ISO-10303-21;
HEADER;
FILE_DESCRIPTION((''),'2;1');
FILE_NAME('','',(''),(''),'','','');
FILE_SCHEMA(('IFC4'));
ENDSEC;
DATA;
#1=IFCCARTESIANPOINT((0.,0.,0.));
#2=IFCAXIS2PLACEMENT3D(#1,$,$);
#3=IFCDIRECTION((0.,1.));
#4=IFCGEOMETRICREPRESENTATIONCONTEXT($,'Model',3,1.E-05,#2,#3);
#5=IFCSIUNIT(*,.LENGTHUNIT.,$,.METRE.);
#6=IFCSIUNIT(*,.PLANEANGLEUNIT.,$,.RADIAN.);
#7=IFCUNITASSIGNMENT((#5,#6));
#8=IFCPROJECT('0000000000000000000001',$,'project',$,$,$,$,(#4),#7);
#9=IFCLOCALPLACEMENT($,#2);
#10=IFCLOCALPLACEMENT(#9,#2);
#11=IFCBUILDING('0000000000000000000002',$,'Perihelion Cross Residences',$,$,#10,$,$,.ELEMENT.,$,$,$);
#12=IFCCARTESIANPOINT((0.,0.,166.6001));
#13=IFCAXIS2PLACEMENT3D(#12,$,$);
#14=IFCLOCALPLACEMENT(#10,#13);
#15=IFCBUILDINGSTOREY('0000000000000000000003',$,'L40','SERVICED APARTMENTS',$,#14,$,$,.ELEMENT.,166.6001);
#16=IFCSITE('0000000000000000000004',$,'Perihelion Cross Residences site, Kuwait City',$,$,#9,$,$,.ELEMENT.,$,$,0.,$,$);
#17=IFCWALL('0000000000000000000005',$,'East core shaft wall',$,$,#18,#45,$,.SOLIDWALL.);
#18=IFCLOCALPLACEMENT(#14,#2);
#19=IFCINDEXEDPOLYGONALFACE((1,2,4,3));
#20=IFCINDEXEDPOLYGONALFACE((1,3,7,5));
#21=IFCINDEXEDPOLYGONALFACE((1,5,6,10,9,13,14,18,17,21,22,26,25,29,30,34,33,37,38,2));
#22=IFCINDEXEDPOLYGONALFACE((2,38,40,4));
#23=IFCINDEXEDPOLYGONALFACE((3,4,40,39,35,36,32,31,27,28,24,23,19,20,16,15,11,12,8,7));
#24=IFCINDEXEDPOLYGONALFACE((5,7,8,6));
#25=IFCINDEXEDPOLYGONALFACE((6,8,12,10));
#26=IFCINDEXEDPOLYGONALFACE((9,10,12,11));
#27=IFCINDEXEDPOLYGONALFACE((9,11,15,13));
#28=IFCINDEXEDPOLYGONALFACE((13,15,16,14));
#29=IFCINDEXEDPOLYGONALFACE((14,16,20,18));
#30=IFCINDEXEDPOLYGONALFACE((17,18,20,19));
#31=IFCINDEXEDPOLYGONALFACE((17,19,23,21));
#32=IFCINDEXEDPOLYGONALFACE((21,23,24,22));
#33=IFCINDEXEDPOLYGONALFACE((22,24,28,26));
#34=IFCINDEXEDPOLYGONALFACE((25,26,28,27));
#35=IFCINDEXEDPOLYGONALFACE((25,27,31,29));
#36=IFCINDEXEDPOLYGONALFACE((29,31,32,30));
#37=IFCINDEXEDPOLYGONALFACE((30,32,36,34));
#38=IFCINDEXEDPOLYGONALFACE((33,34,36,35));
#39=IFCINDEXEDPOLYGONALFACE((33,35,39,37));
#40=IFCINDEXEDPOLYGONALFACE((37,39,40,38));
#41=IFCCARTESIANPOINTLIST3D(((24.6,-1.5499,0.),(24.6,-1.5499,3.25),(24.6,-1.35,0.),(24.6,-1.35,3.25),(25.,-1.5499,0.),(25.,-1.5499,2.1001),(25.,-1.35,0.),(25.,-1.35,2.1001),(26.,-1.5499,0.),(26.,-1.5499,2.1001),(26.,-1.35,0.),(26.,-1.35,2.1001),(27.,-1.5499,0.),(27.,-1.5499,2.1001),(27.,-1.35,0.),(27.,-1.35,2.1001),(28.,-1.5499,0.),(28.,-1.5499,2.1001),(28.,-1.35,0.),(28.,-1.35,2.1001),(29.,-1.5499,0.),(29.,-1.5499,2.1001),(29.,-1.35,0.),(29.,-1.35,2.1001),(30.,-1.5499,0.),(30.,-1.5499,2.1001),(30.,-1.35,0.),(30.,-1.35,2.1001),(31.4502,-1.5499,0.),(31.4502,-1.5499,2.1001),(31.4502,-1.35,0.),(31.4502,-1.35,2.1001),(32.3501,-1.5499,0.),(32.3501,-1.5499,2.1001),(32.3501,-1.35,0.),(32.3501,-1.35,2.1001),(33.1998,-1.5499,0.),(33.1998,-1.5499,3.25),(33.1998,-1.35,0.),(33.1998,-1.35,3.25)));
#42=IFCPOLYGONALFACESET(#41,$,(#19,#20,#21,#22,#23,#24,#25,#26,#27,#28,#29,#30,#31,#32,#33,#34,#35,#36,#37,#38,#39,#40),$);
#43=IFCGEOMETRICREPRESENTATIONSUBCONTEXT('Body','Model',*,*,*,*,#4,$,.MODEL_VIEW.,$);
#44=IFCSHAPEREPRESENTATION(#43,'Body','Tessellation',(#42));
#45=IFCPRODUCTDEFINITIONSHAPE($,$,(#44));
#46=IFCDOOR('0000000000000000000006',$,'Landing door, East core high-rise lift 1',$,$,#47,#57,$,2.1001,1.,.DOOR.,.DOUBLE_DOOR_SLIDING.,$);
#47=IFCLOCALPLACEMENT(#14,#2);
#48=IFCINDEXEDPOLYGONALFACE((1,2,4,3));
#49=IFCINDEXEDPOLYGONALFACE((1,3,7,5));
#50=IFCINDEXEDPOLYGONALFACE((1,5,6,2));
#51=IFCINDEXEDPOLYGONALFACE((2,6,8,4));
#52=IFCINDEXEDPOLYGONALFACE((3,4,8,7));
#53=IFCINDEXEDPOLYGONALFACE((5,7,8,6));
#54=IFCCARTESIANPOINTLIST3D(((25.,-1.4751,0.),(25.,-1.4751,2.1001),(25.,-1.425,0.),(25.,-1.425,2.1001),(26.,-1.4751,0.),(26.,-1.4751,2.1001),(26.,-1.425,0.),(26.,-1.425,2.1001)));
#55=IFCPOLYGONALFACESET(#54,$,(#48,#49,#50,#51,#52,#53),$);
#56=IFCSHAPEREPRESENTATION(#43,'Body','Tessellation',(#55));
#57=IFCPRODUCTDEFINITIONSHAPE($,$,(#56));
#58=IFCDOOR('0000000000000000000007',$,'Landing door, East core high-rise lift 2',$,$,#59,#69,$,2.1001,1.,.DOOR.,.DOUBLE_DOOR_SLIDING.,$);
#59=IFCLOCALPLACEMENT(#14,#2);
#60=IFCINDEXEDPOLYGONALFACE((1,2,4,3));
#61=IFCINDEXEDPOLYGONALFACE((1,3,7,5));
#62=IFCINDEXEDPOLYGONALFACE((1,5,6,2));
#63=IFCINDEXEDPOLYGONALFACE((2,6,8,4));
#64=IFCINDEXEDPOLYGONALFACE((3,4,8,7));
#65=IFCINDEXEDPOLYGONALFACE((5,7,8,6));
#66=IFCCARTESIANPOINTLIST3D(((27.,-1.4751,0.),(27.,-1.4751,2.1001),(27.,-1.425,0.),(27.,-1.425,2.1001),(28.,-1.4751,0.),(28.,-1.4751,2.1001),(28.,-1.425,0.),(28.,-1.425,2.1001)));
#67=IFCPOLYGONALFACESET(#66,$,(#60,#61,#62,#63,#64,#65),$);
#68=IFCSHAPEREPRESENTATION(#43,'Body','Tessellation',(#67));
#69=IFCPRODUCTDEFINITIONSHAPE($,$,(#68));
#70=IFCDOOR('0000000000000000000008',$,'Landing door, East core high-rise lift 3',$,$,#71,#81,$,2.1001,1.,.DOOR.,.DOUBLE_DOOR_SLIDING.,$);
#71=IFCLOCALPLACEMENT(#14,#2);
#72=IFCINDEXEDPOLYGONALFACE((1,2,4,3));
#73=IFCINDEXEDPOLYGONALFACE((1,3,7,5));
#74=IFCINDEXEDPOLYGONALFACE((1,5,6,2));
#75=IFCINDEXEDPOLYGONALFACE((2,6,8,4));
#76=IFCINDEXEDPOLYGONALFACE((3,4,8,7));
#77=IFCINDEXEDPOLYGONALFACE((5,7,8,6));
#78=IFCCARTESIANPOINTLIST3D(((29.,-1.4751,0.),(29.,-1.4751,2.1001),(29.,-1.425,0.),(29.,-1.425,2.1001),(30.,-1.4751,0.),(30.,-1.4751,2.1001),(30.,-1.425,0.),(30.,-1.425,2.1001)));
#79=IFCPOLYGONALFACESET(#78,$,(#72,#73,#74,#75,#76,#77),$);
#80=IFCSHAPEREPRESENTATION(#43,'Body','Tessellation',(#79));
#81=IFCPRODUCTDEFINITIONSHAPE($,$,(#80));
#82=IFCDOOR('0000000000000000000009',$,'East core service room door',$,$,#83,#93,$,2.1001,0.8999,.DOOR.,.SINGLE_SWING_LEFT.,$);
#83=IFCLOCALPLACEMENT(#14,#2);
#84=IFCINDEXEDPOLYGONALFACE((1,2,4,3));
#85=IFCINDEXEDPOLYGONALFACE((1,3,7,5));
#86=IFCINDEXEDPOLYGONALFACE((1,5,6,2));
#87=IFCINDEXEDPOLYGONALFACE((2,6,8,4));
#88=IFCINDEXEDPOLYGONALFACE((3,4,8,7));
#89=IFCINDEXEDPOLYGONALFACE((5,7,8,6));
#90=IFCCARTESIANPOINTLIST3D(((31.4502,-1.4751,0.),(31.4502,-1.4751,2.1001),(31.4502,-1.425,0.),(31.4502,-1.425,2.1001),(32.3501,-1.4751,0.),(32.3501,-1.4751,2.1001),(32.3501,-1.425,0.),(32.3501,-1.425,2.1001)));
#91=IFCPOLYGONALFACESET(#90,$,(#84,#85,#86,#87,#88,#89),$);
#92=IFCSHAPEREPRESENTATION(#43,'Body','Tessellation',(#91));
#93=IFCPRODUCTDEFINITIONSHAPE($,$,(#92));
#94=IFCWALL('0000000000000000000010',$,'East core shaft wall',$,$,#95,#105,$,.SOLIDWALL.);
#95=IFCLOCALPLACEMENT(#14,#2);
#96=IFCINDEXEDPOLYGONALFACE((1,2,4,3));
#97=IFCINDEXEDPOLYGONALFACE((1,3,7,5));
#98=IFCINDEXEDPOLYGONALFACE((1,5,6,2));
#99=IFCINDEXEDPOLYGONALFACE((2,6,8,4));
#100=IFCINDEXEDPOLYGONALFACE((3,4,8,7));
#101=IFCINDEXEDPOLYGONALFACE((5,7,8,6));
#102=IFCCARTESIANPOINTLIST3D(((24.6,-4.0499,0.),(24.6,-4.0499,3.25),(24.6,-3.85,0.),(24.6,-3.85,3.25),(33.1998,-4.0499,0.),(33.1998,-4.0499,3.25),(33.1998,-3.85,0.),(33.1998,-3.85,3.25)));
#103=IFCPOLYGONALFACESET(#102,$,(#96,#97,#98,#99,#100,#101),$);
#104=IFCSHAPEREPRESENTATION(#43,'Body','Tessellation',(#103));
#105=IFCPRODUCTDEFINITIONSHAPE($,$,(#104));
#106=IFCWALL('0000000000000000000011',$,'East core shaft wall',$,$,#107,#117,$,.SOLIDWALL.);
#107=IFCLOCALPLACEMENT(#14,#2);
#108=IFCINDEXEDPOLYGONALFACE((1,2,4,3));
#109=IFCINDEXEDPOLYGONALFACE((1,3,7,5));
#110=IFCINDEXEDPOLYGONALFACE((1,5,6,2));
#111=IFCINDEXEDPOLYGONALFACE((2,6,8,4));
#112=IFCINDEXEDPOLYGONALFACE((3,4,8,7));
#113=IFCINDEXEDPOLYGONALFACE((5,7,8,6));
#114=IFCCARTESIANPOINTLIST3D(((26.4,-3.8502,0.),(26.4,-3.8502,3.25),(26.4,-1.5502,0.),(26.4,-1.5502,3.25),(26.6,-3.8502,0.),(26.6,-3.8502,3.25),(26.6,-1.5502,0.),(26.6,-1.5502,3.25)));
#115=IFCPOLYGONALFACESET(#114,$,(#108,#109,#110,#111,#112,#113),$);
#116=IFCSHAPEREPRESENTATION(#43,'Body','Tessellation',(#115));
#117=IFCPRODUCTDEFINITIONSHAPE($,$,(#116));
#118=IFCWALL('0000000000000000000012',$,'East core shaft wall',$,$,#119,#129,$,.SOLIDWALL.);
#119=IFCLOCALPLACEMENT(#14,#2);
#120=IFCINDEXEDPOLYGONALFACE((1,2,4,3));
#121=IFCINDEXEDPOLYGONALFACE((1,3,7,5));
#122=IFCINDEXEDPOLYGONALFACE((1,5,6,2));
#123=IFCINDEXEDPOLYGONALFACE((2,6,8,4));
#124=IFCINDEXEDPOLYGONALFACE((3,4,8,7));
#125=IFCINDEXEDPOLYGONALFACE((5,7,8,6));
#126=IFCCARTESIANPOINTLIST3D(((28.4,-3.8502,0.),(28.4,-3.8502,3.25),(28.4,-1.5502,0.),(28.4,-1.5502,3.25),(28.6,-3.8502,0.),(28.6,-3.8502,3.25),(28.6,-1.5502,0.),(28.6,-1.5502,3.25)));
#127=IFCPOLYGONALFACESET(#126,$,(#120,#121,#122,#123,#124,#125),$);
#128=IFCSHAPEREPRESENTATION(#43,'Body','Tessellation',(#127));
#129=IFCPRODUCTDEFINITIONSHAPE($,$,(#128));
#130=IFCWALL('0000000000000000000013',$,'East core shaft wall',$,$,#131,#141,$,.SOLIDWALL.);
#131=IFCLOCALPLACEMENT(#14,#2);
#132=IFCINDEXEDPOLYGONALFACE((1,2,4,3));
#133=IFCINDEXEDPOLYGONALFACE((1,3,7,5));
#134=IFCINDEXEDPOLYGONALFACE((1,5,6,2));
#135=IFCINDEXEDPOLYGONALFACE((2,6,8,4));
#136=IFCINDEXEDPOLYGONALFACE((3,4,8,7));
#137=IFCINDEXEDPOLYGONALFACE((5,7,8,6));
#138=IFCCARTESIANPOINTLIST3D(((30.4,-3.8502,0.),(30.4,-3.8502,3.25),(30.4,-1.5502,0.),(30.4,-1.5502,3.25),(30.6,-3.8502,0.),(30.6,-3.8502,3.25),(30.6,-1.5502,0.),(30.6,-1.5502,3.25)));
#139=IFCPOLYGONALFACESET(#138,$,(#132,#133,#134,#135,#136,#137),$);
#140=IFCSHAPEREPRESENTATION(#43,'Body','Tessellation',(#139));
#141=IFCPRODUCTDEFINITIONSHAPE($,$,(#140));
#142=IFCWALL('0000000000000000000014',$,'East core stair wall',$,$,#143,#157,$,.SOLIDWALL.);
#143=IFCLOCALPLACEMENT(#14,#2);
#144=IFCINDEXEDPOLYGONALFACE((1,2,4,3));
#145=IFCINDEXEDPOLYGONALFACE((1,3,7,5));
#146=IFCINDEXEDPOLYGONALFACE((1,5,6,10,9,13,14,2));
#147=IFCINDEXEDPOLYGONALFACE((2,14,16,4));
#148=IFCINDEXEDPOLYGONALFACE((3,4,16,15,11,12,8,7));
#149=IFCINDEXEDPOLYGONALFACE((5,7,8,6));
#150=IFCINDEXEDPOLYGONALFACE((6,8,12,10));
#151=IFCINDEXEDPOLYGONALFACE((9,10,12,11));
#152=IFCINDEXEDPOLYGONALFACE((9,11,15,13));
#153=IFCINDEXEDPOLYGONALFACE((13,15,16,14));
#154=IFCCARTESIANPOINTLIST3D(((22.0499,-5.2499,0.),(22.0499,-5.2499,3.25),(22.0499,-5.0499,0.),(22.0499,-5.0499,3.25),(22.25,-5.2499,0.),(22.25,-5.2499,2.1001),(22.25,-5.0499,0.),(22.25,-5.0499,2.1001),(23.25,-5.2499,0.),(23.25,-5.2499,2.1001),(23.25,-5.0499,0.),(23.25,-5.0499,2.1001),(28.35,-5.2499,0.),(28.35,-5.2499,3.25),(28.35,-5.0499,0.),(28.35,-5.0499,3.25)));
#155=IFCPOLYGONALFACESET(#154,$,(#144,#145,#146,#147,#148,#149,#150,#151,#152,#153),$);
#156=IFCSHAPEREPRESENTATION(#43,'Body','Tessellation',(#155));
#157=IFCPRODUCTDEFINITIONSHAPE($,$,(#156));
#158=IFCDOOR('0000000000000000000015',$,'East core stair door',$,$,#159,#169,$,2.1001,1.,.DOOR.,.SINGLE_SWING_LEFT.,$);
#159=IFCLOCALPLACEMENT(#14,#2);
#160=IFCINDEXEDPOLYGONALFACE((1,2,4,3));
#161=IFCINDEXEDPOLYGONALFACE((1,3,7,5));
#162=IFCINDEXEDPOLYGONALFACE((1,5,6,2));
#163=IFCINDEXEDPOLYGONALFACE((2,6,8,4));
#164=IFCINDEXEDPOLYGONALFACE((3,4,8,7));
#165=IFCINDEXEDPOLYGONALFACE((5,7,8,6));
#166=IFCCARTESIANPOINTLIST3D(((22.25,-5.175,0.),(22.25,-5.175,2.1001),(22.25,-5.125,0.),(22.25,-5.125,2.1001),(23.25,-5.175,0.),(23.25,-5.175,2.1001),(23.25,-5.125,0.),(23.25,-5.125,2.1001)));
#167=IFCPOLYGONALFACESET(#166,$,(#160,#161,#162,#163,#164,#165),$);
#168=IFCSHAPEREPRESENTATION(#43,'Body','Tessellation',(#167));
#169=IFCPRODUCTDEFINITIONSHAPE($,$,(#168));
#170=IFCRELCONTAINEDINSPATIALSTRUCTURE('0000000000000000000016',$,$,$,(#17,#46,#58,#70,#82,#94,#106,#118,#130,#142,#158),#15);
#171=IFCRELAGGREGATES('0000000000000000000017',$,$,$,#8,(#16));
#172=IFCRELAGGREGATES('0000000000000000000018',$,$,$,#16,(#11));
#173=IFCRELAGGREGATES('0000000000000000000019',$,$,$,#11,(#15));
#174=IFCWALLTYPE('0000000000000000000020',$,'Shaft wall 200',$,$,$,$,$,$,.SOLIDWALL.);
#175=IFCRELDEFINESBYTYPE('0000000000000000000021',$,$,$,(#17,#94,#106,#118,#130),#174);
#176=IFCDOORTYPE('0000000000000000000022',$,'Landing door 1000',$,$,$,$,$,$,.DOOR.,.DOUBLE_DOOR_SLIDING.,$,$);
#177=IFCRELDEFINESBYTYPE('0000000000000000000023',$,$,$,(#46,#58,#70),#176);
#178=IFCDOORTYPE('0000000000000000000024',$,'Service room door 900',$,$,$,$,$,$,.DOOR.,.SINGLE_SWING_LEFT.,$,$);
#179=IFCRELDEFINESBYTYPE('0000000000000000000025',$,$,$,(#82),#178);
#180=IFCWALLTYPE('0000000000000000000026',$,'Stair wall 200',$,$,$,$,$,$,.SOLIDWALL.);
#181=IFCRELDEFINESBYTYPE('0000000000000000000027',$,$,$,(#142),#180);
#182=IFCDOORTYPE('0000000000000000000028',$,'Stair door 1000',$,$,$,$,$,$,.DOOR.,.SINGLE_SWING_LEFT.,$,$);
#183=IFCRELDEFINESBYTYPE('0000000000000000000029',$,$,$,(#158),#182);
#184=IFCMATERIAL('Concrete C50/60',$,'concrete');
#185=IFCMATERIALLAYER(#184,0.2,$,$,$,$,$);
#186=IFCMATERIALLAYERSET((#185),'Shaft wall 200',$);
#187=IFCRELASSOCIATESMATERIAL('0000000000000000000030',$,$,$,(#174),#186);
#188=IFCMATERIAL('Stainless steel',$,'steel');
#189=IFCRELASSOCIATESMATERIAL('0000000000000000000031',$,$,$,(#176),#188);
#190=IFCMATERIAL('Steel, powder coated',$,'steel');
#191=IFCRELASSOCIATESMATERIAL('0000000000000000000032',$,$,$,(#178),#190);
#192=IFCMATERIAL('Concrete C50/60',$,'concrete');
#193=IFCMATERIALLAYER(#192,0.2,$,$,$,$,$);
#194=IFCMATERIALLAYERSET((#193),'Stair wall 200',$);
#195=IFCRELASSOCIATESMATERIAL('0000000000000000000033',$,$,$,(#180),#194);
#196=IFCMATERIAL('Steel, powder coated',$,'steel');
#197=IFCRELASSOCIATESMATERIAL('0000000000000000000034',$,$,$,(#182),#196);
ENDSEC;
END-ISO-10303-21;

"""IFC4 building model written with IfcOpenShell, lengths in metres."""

from ifc_helpers import new_model, si_unit, direction, frame, frame_2d, origin, place, context, subcontext, project, spatial, rectangle, extrude, material, layer, layer_set, type_object, element, fill, save


model = new_model("IFC4")

# Units and contexts
model_context = context("Model", 3, precision=1e-05, world=origin(), true_north=direction((0.0, 1.0)))
body_context = subcontext(model_context, "Body", "Model", "MODEL_VIEW")
ifc_project = project(units=[si_unit("LENGTHUNIT", "METRE"), si_unit("PLANEANGLEUNIT", "RADIAN")], contexts=[model_context])

# Site, building, storey
site_placement = place(None, origin())
site = spatial("IfcSite", under=ifc_project, at=site_placement, Name="Perihelion Cross Residences site, Kuwait City", CompositionType="ELEMENT", RefElevation=0.0)
building_placement = place(site_placement, origin())
building = spatial("IfcBuilding", under=site, at=building_placement, Name="Perihelion Cross Residences", CompositionType="ELEMENT")
storey_placement = place(building_placement, frame((0.0, 0.0, 166.6001)))
storey = spatial("IfcBuildingStorey", under=building, at=storey_placement, Name="L40", Description="SERVICED APARTMENTS", CompositionType="ELEMENT", Elevation=166.6001)

# Wall, openings, doors
ifc_material_1 = material(Name="Concrete C50/60", Category="concrete")
ifc_layer_1 = layer(ifc_material_1, 0.2)
ifc_layer_set_1 = layer_set([ifc_layer_1], Name="Shaft wall 200")
wall_type_1 = type_object("IfcWallType", Name="Shaft wall 200", PredefinedType="SOLIDWALL", material=ifc_layer_set_1)
wall_1_placement = place(storey_placement, frame((24.6001, -1.45, 0.0), z_axis=(0.0, 0.0, 1.0), x_axis=(1.0, 0.0, 0.0)))
wall_1 = element("IfcWall", 1, at=wall_1_placement, inside=storey, type_object=wall_type_1, Name="East core shaft wall", PredefinedType="SOLIDWALL", context=body_context, shape_type="SweptSolid", body=[
    extrude(rectangle(XDim=8.5999, YDim=0.2, at=frame_2d((4.2998, 0.0))), origin(), (0.0, 0.0, 1.0), 3.25),
])
opening_1_placement = place(wall_1_placement, frame((0.3999, 0.0, 0.0)))
opening_1 = element("IfcOpeningElement", 2, at=opening_1_placement, cuts=wall_1, PredefinedType="OPENING", context=body_context, shape_type="SweptSolid", body=[
    extrude(rectangle(XDim=1.0, YDim=2.1001, at=frame_2d((0.5, 1.05))), frame((0.0, 0.1099, 0.0), z_axis=(0.0, -1.0, 0.0), x_axis=(1.0, 0.0, 0.0)), (0.0, 0.0, 1.0), 0.22),
])
opening_2_placement = place(wall_1_placement, frame((2.3999, 0.0, 0.0)))
opening_2 = element("IfcOpeningElement", 3, at=opening_2_placement, cuts=wall_1, PredefinedType="OPENING", context=body_context, shape_type="SweptSolid", body=[
    extrude(rectangle(XDim=1.0, YDim=2.1001, at=frame_2d((0.5, 1.05))), frame((0.0, 0.1099, 0.0), z_axis=(0.0, -1.0, 0.0), x_axis=(1.0, 0.0, 0.0)), (0.0, 0.0, 1.0), 0.22),
])
opening_3_placement = place(wall_1_placement, frame((4.3999, 0.0, 0.0)))
opening_3 = element("IfcOpeningElement", 4, at=opening_3_placement, cuts=wall_1, PredefinedType="OPENING", context=body_context, shape_type="SweptSolid", body=[
    extrude(rectangle(XDim=1.0, YDim=2.1001, at=frame_2d((0.5, 1.05))), frame((0.0, 0.1099, 0.0), z_axis=(0.0, -1.0, 0.0), x_axis=(1.0, 0.0, 0.0)), (0.0, 0.0, 1.0), 0.22),
])
opening_4_placement = place(wall_1_placement, frame((6.8501, 0.0, 0.0)))
opening_4 = element("IfcOpeningElement", 5, at=opening_4_placement, cuts=wall_1, PredefinedType="OPENING", context=body_context, shape_type="SweptSolid", body=[
    extrude(rectangle(XDim=0.8999, YDim=2.1001, at=frame_2d((0.45, 1.05))), frame((0.0, 0.1099, 0.0), z_axis=(0.0, -1.0, 0.0), x_axis=(1.0, 0.0, 0.0)), (0.0, 0.0, 1.0), 0.22),
])
ifc_material_2 = material(Name="Stainless steel", Category="steel")
door_type_1 = type_object("IfcDoorType", Name="Landing door 1000", OperationType="DOUBLE_DOOR_SLIDING", PredefinedType="DOOR", material=ifc_material_2)
door_1_placement = place(opening_1_placement, origin())
door_1 = element("IfcDoor", 6, at=door_1_placement, inside=storey, type_object=door_type_1, Name="Landing door, East core high-rise lift 1", OperationType="DOUBLE_DOOR_SLIDING", OverallHeight=2.1001, OverallWidth=1.0, PredefinedType="DOOR", context=body_context, shape_type="SweptSolid", body=[
    extrude(rectangle(XDim=1.0, YDim=2.1001, at=frame_2d((0.5, 1.05))), frame((0.0, 0.0249, 0.0), z_axis=(0.0, -1.0, 0.0), x_axis=(1.0, 0.0, 0.0)), (0.0, 0.0, 1.0), 0.05),
])
fill(opening_1, door_1)
door_2_placement = place(opening_2_placement, origin())
door_2 = element("IfcDoor", 7, at=door_2_placement, inside=storey, type_object=door_type_1, Name="Landing door, East core high-rise lift 2", OperationType="DOUBLE_DOOR_SLIDING", OverallHeight=2.1001, OverallWidth=1.0, PredefinedType="DOOR", context=body_context, shape_type="SweptSolid", body=[
    extrude(rectangle(XDim=1.0, YDim=2.1001, at=frame_2d((0.5, 1.05))), frame((0.0, 0.0249, 0.0), z_axis=(0.0, -1.0, 0.0), x_axis=(1.0, 0.0, 0.0)), (0.0, 0.0, 1.0), 0.05),
])
fill(opening_2, door_2)
door_3_placement = place(opening_3_placement, origin())
door_3 = element("IfcDoor", 8, at=door_3_placement, inside=storey, type_object=door_type_1, Name="Landing door, East core high-rise lift 3", OperationType="DOUBLE_DOOR_SLIDING", OverallHeight=2.1001, OverallWidth=1.0, PredefinedType="DOOR", context=body_context, shape_type="SweptSolid", body=[
    extrude(rectangle(XDim=1.0, YDim=2.1001, at=frame_2d((0.5, 1.05))), frame((0.0, 0.0249, 0.0), z_axis=(0.0, -1.0, 0.0), x_axis=(1.0, 0.0, 0.0)), (0.0, 0.0, 1.0), 0.05),
])
fill(opening_3, door_3)
ifc_material_3 = material(Name="Steel, powder coated", Category="steel")
door_type_2 = type_object("IfcDoorType", Name="Service room door 900", OperationType="SINGLE_SWING_LEFT", PredefinedType="DOOR", material=ifc_material_3)
door_4_placement = place(opening_4_placement, origin())
door_4 = element("IfcDoor", 9, at=door_4_placement, inside=storey, type_object=door_type_2, Name="East core service room door", OperationType="SINGLE_SWING_LEFT", OverallHeight=2.1001, OverallWidth=0.8999, PredefinedType="DOOR", context=body_context, shape_type="SweptSolid", body=[
    extrude(rectangle(XDim=0.8999, YDim=2.1001, at=frame_2d((0.45, 1.05))), frame((0.0, 0.0249, 0.0), z_axis=(0.0, -1.0, 0.0), x_axis=(1.0, 0.0, 0.0)), (0.0, 0.0, 1.0), 0.05),
])
fill(opening_4, door_4)

# Walls
wall_2_placement = place(storey_placement, frame((24.6001, -3.95, 0.0), z_axis=(0.0, 0.0, 1.0), x_axis=(1.0, 0.0, 0.0)))
element("IfcWall", 10, at=wall_2_placement, inside=storey, type_object=wall_type_1, Name="East core shaft wall", PredefinedType="SOLIDWALL", context=body_context, shape_type="SweptSolid", body=[
    extrude(rectangle(XDim=8.5999, YDim=0.2, at=frame_2d((4.2998, 0.0))), origin(), (0.0, 0.0, 1.0), 3.25),
])
for number, where, z_axis, x_axis, name in (
    (11, (26.5, -3.8501, 0.0), (0.0, 0.0, 1.0), (0.0, 1.0, 0.0), "East core shaft wall"),
    (12, (28.5, -3.8501, 0.0), (0.0, 0.0, 1.0), (0.0, 1.0, 0.0), "East core shaft wall"),
    (13, (30.5, -3.8501, 0.0), (0.0, 0.0, 1.0), (0.0, 1.0, 0.0), "East core shaft wall"),
):
    element("IfcWall", number, at=place(storey_placement, frame(where, z_axis=z_axis, x_axis=x_axis)), inside=storey, type_object=wall_type_1, Name=name, PredefinedType="SOLIDWALL", context=body_context, shape_type="SweptSolid", body=[
        extrude(rectangle(XDim=2.3, YDim=0.2, at=frame_2d((1.1499, 0.0))), origin(), (0.0, 0.0, 1.0), 3.25),
    ])

# Wall, opening, door
ifc_material_4 = material(Name="Concrete C50/60", Category="concrete")
ifc_layer_2 = layer(ifc_material_4, 0.2)
ifc_layer_set_2 = layer_set([ifc_layer_2], Name="Stair wall 200")
wall_type_2 = type_object("IfcWallType", Name="Stair wall 200", PredefinedType="SOLIDWALL", material=ifc_layer_set_2)
wall_3_placement = place(storey_placement, frame((22.05, -5.1499, 0.0), z_axis=(0.0, 0.0, 1.0), x_axis=(1.0, 0.0, 0.0)))
wall_3 = element("IfcWall", 14, at=wall_3_placement, inside=storey, type_object=wall_type_2, Name="East core stair wall", PredefinedType="SOLIDWALL", context=body_context, shape_type="SweptSolid", body=[
    extrude(rectangle(XDim=6.3, YDim=0.2, at=frame_2d((3.1499, 0.0))), origin(), (0.0, 0.0, 1.0), 3.25),
])
opening_5_placement = place(wall_3_placement, frame((0.2, 0.0, 0.0)))
opening_5 = element("IfcOpeningElement", 15, at=opening_5_placement, cuts=wall_3, PredefinedType="OPENING", context=body_context, shape_type="SweptSolid", body=[
    extrude(rectangle(XDim=1.0, YDim=2.1001, at=frame_2d((0.5, 1.05))), frame((0.0, 0.1099, 0.0), z_axis=(0.0, -1.0, 0.0), x_axis=(1.0, 0.0, 0.0)), (0.0, 0.0, 1.0), 0.22),
])
ifc_material_5 = material(Name="Steel, powder coated", Category="steel")
door_type_3 = type_object("IfcDoorType", Name="Stair door 1000", OperationType="SINGLE_SWING_LEFT", PredefinedType="DOOR", material=ifc_material_5)
door_5_placement = place(opening_5_placement, origin())
door_5 = element("IfcDoor", 16, at=door_5_placement, inside=storey, type_object=door_type_3, Name="East core stair door", OperationType="SINGLE_SWING_LEFT", OverallHeight=2.1001, OverallWidth=1.0, PredefinedType="DOOR", context=body_context, shape_type="SweptSolid", body=[
    extrude(rectangle(XDim=1.0, YDim=2.1001, at=frame_2d((0.5, 1.05))), frame((0.0, 0.0249, 0.0), z_axis=(0.0, -1.0, 0.0), x_axis=(1.0, 0.0, 0.0)), (0.0, 0.0, 1.0), 0.05),
])
fill(opening_5, door_5)

save(model, "model.ifc")
